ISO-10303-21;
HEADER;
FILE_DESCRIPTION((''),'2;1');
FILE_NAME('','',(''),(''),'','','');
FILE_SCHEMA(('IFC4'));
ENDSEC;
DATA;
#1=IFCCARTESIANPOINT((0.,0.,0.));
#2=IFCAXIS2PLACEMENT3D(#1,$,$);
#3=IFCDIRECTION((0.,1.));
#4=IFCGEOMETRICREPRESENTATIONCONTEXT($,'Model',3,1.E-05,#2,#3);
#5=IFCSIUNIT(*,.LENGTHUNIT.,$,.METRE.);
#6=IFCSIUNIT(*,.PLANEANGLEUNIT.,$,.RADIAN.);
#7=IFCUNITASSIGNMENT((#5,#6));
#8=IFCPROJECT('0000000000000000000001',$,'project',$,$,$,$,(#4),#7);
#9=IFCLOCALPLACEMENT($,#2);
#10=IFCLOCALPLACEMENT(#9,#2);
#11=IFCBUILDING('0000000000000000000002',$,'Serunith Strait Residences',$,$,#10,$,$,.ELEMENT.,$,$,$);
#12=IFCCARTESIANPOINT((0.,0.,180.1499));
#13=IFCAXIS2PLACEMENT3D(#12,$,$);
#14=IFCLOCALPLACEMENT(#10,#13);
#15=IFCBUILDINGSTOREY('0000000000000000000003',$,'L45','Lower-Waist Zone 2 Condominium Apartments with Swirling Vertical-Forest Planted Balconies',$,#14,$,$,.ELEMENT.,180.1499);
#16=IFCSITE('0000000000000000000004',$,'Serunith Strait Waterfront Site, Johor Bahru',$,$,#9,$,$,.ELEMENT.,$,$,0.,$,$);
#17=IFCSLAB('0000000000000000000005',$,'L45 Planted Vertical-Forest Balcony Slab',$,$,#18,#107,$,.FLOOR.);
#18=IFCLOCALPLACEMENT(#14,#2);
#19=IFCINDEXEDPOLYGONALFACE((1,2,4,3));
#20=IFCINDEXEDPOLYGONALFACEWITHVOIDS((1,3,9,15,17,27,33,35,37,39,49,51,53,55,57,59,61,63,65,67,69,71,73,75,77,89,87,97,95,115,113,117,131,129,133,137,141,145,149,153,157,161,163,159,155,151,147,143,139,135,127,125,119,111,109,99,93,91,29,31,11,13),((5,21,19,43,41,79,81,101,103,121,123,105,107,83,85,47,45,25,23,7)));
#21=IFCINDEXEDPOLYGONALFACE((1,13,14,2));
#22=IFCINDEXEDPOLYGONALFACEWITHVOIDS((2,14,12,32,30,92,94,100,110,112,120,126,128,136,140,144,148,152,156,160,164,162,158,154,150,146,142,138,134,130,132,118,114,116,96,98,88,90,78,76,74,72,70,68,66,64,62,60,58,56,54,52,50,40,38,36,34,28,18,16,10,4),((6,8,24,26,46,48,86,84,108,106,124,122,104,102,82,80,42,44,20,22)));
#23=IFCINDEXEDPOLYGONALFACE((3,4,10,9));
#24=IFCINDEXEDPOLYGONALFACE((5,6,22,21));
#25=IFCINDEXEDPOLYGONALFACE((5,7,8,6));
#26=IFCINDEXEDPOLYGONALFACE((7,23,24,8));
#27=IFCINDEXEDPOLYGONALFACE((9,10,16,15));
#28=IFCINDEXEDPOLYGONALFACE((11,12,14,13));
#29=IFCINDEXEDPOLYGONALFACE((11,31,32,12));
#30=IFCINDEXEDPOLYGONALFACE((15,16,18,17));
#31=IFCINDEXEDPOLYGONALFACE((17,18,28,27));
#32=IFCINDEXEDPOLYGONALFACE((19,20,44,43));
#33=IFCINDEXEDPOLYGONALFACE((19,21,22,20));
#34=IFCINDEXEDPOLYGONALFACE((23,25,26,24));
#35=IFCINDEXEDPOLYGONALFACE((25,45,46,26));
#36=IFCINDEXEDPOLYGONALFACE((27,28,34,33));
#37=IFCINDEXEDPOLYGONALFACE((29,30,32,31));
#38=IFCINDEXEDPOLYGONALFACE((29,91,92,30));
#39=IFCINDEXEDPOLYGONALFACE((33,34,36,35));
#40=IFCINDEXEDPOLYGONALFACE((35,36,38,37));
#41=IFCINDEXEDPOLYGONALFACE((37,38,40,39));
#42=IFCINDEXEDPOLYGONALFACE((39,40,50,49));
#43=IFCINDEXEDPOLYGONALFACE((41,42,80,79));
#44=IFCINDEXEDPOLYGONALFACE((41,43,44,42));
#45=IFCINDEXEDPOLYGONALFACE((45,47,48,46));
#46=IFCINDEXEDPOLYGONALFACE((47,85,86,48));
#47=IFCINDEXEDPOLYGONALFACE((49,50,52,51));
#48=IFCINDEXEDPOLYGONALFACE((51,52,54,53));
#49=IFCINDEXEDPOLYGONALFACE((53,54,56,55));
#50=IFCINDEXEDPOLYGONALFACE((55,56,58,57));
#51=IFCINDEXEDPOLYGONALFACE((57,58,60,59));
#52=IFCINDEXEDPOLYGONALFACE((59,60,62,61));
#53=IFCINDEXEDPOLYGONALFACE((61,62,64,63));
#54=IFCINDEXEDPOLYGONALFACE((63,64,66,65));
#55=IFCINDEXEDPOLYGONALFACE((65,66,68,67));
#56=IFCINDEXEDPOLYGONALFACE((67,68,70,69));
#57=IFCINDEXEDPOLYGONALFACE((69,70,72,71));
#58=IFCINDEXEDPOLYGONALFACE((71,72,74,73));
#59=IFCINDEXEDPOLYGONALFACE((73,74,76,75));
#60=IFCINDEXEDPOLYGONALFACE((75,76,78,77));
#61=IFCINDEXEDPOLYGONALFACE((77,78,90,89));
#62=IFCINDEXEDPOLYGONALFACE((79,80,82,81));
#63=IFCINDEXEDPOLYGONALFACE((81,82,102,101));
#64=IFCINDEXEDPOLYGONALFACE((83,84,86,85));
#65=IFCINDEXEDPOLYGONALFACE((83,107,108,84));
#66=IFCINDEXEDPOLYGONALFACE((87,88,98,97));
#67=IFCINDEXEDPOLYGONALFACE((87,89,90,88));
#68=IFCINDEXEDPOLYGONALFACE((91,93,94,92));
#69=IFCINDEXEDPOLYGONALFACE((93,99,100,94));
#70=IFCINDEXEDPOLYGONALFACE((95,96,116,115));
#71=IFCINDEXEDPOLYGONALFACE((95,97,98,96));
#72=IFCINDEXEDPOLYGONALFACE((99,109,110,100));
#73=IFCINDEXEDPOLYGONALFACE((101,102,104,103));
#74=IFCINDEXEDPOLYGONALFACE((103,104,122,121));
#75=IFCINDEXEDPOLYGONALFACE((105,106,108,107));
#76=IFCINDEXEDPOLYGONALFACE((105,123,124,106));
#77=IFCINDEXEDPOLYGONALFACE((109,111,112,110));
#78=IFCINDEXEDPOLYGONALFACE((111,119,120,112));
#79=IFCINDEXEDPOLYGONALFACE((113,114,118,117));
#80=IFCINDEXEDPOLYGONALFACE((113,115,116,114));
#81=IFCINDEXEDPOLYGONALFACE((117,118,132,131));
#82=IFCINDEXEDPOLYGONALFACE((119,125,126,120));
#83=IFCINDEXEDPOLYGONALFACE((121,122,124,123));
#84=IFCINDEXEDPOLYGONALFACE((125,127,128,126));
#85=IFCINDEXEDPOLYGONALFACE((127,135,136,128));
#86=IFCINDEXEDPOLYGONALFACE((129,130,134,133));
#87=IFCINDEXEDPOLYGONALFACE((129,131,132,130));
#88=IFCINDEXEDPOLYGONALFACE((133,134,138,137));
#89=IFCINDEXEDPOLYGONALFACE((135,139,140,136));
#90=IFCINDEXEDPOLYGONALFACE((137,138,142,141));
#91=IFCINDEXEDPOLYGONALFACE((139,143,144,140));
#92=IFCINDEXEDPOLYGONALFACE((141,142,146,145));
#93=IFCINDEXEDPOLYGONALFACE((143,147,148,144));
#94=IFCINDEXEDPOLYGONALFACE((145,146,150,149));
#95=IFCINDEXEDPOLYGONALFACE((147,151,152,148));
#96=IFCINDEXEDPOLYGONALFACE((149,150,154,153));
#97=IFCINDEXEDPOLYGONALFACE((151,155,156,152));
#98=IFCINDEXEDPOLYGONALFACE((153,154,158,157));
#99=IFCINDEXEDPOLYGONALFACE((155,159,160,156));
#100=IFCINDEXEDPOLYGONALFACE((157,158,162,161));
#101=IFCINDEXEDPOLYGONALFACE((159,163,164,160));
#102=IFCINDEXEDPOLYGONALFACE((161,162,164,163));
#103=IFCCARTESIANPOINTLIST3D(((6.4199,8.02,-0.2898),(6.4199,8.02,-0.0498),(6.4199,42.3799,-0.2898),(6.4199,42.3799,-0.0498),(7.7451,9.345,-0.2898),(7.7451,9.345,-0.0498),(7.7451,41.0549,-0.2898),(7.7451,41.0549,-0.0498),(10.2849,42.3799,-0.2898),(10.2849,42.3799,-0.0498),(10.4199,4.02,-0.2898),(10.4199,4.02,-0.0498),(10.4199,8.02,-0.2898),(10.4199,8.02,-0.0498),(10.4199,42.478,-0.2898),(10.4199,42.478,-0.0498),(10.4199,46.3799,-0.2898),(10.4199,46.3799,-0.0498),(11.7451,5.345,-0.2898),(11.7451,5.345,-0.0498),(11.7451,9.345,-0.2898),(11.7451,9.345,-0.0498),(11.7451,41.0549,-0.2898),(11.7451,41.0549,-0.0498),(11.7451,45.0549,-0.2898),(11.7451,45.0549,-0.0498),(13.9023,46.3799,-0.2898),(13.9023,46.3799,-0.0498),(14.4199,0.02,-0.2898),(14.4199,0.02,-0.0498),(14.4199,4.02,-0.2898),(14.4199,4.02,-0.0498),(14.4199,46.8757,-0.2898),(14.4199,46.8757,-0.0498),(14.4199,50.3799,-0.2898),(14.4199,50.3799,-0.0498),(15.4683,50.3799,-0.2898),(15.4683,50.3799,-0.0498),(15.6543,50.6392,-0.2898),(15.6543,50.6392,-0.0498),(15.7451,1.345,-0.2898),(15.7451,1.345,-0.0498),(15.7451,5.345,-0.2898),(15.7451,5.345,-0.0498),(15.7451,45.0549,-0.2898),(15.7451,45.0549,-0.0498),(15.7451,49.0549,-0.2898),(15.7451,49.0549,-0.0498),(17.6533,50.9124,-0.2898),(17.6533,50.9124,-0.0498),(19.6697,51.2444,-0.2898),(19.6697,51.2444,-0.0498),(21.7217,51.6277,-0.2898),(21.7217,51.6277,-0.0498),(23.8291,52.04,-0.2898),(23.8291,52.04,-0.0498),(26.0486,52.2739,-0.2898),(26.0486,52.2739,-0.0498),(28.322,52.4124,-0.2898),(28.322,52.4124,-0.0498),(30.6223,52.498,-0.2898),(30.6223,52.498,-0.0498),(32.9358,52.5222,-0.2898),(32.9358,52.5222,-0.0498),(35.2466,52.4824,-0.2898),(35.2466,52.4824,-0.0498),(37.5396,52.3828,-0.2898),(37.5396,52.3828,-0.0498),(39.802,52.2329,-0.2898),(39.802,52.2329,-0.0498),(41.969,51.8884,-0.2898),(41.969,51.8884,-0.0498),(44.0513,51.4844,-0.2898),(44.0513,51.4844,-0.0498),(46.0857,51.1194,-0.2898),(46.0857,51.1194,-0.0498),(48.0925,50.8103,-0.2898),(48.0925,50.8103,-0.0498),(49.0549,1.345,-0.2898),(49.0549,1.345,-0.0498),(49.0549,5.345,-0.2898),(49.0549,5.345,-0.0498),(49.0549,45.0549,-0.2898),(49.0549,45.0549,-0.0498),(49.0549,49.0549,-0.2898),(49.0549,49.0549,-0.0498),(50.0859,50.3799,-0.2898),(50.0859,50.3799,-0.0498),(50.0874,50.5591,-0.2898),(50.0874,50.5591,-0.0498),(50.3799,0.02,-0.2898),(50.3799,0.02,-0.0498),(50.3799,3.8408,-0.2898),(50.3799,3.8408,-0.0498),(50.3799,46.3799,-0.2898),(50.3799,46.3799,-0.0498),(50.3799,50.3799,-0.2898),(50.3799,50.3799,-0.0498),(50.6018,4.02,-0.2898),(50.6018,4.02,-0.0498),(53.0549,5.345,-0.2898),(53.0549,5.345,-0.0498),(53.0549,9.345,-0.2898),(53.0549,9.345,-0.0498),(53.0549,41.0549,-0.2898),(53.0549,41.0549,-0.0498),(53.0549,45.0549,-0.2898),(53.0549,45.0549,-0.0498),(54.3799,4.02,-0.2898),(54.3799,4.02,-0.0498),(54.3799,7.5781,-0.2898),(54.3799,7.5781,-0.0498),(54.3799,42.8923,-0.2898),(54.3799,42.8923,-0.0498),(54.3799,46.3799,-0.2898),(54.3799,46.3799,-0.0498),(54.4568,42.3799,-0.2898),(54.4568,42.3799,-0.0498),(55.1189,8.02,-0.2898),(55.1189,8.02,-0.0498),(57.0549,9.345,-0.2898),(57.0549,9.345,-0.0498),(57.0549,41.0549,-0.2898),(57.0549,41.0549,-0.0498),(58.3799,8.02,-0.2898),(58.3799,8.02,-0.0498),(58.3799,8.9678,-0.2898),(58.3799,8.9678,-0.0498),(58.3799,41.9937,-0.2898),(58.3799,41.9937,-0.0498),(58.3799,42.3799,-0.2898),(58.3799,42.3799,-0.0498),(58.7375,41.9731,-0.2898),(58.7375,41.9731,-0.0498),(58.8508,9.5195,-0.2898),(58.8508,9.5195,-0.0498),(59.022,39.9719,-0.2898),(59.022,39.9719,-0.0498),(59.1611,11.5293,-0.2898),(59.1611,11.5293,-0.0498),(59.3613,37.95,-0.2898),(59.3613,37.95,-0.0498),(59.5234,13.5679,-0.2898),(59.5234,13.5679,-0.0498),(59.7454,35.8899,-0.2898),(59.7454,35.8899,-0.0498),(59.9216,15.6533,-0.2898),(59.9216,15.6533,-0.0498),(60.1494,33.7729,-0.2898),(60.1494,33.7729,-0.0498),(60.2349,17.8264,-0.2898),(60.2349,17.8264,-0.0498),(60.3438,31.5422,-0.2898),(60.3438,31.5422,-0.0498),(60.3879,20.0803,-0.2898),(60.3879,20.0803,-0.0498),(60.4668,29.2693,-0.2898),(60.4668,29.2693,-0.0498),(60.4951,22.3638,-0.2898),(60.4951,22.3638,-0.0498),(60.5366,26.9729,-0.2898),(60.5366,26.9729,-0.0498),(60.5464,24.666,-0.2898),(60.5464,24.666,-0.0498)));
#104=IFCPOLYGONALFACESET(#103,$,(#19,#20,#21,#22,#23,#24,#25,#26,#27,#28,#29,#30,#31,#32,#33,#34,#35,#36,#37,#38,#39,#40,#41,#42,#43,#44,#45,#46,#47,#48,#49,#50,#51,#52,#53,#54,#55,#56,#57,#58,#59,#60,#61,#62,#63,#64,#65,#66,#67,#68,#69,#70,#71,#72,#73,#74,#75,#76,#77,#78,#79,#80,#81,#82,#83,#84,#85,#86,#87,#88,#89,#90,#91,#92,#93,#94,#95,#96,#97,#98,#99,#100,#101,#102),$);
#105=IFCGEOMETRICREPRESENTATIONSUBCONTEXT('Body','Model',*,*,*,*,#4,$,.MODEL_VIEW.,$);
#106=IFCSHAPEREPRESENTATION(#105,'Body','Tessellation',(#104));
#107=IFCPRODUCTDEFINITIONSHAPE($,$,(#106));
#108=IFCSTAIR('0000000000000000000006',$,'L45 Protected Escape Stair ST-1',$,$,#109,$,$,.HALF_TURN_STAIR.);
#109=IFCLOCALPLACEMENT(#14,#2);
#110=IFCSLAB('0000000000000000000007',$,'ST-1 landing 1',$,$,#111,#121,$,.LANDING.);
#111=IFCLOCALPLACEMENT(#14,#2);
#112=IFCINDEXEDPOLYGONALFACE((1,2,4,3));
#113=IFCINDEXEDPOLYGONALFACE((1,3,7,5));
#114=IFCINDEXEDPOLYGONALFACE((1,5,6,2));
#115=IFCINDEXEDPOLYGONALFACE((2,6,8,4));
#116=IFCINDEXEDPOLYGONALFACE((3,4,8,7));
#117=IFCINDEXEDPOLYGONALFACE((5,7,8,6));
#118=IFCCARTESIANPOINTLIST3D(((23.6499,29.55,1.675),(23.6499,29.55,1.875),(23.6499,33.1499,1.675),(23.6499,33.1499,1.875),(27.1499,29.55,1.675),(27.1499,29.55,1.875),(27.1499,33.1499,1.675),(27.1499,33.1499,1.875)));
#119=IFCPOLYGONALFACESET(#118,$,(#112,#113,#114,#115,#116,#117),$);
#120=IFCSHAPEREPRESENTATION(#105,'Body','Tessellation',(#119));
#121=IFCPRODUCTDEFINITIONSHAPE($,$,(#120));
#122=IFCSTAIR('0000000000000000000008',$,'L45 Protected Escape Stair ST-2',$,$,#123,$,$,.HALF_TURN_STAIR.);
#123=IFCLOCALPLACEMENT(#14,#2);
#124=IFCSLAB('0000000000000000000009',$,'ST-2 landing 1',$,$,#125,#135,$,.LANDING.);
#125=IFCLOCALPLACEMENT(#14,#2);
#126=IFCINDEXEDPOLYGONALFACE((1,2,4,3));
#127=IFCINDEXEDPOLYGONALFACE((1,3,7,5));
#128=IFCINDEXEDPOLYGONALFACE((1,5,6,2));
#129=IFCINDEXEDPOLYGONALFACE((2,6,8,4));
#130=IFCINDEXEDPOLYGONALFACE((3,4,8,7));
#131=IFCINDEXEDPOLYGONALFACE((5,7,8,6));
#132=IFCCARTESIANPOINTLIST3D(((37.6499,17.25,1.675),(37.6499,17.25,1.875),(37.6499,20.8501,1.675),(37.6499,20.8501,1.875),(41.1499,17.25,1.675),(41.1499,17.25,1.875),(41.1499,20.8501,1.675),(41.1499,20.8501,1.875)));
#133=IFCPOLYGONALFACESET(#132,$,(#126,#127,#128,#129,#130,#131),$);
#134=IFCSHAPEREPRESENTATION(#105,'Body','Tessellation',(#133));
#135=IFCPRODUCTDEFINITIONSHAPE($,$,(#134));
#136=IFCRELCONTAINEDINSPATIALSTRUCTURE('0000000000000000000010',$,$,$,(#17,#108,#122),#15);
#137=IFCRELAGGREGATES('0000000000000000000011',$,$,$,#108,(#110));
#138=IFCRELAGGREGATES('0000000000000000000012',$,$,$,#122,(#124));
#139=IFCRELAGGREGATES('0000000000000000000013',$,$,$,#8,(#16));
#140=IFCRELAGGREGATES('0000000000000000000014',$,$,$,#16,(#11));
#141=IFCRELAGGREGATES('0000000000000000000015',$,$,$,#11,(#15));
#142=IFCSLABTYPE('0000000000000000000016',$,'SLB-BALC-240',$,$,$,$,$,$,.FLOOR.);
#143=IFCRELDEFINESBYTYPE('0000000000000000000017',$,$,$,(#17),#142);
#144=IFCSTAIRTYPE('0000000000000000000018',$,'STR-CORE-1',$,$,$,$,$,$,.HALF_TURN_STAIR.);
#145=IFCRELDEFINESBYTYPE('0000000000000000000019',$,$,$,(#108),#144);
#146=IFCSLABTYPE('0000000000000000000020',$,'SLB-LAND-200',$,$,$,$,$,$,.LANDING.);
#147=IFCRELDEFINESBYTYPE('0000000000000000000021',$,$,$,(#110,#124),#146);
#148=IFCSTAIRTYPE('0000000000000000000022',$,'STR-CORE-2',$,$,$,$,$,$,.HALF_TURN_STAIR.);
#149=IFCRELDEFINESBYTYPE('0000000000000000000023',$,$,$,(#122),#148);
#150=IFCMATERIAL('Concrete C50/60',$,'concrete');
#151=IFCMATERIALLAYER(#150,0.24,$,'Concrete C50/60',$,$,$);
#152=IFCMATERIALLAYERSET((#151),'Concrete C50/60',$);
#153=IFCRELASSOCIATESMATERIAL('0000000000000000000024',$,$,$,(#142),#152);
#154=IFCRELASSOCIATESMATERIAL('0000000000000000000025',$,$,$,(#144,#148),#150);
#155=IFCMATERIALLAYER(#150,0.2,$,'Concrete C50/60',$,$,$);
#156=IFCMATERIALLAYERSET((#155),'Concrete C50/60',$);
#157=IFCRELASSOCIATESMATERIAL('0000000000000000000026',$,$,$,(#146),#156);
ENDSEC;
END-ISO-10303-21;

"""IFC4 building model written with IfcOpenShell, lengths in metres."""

from ifc_helpers import new_model, si_unit, direction, frame, origin, place, context, subcontext, project, spatial, polyline, outline, extrude, material, layer, layer_set, type_object, element, aggregate, save


model = new_model("IFC4")

# Units and contexts
model_context = context("Model", 3, precision=1e-05, world=origin(), true_north=direction((0.0, 1.0)))
body_context = subcontext(model_context, "Body", "Model", "MODEL_VIEW")
ifc_project = project(units=[si_unit("LENGTHUNIT", "METRE"), si_unit("PLANEANGLEUNIT", "RADIAN")], contexts=[model_context])

# Site, building, storey
site_placement = place(None, origin())
site = spatial("IfcSite", under=ifc_project, at=site_placement, Name="Serunith Strait Waterfront Site, Johor Bahru", CompositionType="ELEMENT", RefElevation=0.0)
building_placement = place(site_placement, origin())
building = spatial("IfcBuilding", under=site, at=building_placement, Name="Serunith Strait Residences", CompositionType="ELEMENT")
storey_placement = place(building_placement, frame((0.0, 0.0, 180.1499)))
storey = spatial("IfcBuildingStorey", under=building, at=storey_placement, Name="L45", Description="Lower-Waist Zone 2 Condominium Apartments with Swirling Vertical-Forest Planted Balconies", CompositionType="ELEMENT", Elevation=180.1499)

# Slab
ifc_material_1 = material(Name="Concrete C50/60", Category="concrete")
ifc_layer_1 = layer(ifc_material_1, 0.24, Name="Concrete C50/60")
ifc_layer_set_1 = layer_set([ifc_layer_1], Name="Concrete C50/60")
slab_type_1 = type_object("IfcSlabType", Name="SLB-BALC-240", PredefinedType="FLOOR", material=ifc_layer_set_1)
slab_1_placement = place(storey_placement, frame((0.0, 0.0, -0.2898)))
element("IfcSlab", 1, at=slab_1_placement, inside=storey, type_object=slab_type_1, Name="L45 Planted Vertical-Forest Balcony Slab", PredefinedType="FLOOR", context=body_context, shape_type="SweptSolid", body=[
    extrude(outline(polyline([(10.4199, 46.3799), (13.9023, 46.3799), (14.4199, 46.8757), (14.4199, 50.3799), (15.4683, 50.3799), (15.6543, 50.6392), (17.6533, 50.9124), (19.6697, 51.2444), (21.7217, 51.6277), (23.8291, 52.04), (26.0486, 52.2739), (28.322, 52.4124), (30.6223, 52.498), (32.9358, 52.5222), (35.2466, 52.4824), (37.5396, 52.3828), (39.802, 52.2329), (41.969, 51.8884), (44.0513, 51.4844), (46.0857, 51.1194), (48.0925, 50.8103), (50.0874, 50.5591), (50.0859, 50.3799), (50.3799, 50.3799), (50.3799, 46.3799), (54.3799, 46.3799), (54.3799, 42.8923), (54.4568, 42.3799), (58.3799, 42.3799), (58.3799, 41.9937), (58.7375, 41.9731), (59.022, 39.9719), (59.3613, 37.95), (59.7454, 35.8899), (60.1494, 33.7729), (60.3438, 31.5422), (60.4668, 29.2693), (60.5366, 26.9729), (60.5464, 24.666), (60.4951, 22.3638), (60.3879, 20.0803), (60.2349, 17.8264), (59.9216, 15.6533), (59.5234, 13.5679), (59.1611, 11.5293), (58.8508, 9.5195), (58.3799, 8.9678), (58.3799, 8.02), (55.1189, 8.02), (54.3799, 7.5781), (54.3799, 4.02), (50.6018, 4.02), (50.3799, 3.8408), (50.3799, 0.02), (14.4199, 0.02), (14.4199, 4.02), (10.4199, 4.02), (10.4199, 8.02), (6.4199, 8.02), (6.4199, 42.3799), (10.2849, 42.3799), (10.4199, 42.478), (10.4199, 46.3799)]), holes=[polyline([(49.0549, 1.345), (49.0549, 5.345), (53.0549, 5.345), (53.0549, 9.345), (57.0549, 9.345), (57.0549, 41.0549), (53.0549, 41.0549), (53.0549, 45.0549), (49.0549, 45.0549), (49.0549, 49.0549), (15.7451, 49.0549), (15.7451, 45.0549), (11.7451, 45.0549), (11.7451, 41.0549), (7.7451, 41.0549), (7.7451, 9.345), (11.7451, 9.345), (11.7451, 5.345), (15.7451, 5.345), (15.7451, 1.345), (49.0549, 1.345)])]), origin(), (0.0, 0.0, 1.0), 0.24),
])

# Stairs, slabs
stair_type_1 = type_object("IfcStairType", Name="STR-CORE-1", PredefinedType="HALF_TURN_STAIR", material=ifc_material_1)
stair_1_placement = place(storey_placement, origin())
stair_1 = element("IfcStair", 2, at=stair_1_placement, inside=storey, type_object=stair_type_1, Name="L45 Protected Escape Stair ST-1", PredefinedType="HALF_TURN_STAIR")
ifc_layer_2 = layer(ifc_material_1, 0.2, Name="Concrete C50/60")
ifc_layer_set_2 = layer_set([ifc_layer_2], Name="Concrete C50/60")
slab_type_2 = type_object("IfcSlabType", Name="SLB-LAND-200", PredefinedType="LANDING", material=ifc_layer_set_2)
slab_2_placement = place(storey_placement, frame((0.0, 0.0, 1.675)))
slab_2 = element("IfcSlab", 3, at=slab_2_placement, type_object=slab_type_2, Name="ST-1 landing 1", PredefinedType="LANDING", context=body_context, shape_type="SweptSolid", body=[
    extrude(outline(polyline([(27.1499, 29.55), (27.1499, 33.1499), (23.6499, 33.1499), (23.6499, 29.55), (27.1499, 29.55)])), origin(), (0.0, 0.0, 1.0), 0.2),
])
aggregate(stair_1, [slab_2])
stair_type_2 = type_object("IfcStairType", Name="STR-CORE-2", PredefinedType="HALF_TURN_STAIR", material=ifc_material_1)
stair_2_placement = place(storey_placement, origin())
stair_2 = element("IfcStair", 4, at=stair_2_placement, inside=storey, type_object=stair_type_2, Name="L45 Protected Escape Stair ST-2", PredefinedType="HALF_TURN_STAIR")
slab_3_placement = place(storey_placement, frame((0.0, 0.0, 1.675)))
slab_3 = element("IfcSlab", 5, at=slab_3_placement, type_object=slab_type_2, Name="ST-2 landing 1", PredefinedType="LANDING", context=body_context, shape_type="SweptSolid", body=[
    extrude(outline(polyline([(37.6499, 20.8501), (37.6499, 17.25), (41.1499, 17.25), (41.1499, 20.8501), (37.6499, 20.8501)])), origin(), (0.0, 0.0, 1.0), 0.2),
])
aggregate(stair_2, [slab_3])

save(model, "model.ifc")
